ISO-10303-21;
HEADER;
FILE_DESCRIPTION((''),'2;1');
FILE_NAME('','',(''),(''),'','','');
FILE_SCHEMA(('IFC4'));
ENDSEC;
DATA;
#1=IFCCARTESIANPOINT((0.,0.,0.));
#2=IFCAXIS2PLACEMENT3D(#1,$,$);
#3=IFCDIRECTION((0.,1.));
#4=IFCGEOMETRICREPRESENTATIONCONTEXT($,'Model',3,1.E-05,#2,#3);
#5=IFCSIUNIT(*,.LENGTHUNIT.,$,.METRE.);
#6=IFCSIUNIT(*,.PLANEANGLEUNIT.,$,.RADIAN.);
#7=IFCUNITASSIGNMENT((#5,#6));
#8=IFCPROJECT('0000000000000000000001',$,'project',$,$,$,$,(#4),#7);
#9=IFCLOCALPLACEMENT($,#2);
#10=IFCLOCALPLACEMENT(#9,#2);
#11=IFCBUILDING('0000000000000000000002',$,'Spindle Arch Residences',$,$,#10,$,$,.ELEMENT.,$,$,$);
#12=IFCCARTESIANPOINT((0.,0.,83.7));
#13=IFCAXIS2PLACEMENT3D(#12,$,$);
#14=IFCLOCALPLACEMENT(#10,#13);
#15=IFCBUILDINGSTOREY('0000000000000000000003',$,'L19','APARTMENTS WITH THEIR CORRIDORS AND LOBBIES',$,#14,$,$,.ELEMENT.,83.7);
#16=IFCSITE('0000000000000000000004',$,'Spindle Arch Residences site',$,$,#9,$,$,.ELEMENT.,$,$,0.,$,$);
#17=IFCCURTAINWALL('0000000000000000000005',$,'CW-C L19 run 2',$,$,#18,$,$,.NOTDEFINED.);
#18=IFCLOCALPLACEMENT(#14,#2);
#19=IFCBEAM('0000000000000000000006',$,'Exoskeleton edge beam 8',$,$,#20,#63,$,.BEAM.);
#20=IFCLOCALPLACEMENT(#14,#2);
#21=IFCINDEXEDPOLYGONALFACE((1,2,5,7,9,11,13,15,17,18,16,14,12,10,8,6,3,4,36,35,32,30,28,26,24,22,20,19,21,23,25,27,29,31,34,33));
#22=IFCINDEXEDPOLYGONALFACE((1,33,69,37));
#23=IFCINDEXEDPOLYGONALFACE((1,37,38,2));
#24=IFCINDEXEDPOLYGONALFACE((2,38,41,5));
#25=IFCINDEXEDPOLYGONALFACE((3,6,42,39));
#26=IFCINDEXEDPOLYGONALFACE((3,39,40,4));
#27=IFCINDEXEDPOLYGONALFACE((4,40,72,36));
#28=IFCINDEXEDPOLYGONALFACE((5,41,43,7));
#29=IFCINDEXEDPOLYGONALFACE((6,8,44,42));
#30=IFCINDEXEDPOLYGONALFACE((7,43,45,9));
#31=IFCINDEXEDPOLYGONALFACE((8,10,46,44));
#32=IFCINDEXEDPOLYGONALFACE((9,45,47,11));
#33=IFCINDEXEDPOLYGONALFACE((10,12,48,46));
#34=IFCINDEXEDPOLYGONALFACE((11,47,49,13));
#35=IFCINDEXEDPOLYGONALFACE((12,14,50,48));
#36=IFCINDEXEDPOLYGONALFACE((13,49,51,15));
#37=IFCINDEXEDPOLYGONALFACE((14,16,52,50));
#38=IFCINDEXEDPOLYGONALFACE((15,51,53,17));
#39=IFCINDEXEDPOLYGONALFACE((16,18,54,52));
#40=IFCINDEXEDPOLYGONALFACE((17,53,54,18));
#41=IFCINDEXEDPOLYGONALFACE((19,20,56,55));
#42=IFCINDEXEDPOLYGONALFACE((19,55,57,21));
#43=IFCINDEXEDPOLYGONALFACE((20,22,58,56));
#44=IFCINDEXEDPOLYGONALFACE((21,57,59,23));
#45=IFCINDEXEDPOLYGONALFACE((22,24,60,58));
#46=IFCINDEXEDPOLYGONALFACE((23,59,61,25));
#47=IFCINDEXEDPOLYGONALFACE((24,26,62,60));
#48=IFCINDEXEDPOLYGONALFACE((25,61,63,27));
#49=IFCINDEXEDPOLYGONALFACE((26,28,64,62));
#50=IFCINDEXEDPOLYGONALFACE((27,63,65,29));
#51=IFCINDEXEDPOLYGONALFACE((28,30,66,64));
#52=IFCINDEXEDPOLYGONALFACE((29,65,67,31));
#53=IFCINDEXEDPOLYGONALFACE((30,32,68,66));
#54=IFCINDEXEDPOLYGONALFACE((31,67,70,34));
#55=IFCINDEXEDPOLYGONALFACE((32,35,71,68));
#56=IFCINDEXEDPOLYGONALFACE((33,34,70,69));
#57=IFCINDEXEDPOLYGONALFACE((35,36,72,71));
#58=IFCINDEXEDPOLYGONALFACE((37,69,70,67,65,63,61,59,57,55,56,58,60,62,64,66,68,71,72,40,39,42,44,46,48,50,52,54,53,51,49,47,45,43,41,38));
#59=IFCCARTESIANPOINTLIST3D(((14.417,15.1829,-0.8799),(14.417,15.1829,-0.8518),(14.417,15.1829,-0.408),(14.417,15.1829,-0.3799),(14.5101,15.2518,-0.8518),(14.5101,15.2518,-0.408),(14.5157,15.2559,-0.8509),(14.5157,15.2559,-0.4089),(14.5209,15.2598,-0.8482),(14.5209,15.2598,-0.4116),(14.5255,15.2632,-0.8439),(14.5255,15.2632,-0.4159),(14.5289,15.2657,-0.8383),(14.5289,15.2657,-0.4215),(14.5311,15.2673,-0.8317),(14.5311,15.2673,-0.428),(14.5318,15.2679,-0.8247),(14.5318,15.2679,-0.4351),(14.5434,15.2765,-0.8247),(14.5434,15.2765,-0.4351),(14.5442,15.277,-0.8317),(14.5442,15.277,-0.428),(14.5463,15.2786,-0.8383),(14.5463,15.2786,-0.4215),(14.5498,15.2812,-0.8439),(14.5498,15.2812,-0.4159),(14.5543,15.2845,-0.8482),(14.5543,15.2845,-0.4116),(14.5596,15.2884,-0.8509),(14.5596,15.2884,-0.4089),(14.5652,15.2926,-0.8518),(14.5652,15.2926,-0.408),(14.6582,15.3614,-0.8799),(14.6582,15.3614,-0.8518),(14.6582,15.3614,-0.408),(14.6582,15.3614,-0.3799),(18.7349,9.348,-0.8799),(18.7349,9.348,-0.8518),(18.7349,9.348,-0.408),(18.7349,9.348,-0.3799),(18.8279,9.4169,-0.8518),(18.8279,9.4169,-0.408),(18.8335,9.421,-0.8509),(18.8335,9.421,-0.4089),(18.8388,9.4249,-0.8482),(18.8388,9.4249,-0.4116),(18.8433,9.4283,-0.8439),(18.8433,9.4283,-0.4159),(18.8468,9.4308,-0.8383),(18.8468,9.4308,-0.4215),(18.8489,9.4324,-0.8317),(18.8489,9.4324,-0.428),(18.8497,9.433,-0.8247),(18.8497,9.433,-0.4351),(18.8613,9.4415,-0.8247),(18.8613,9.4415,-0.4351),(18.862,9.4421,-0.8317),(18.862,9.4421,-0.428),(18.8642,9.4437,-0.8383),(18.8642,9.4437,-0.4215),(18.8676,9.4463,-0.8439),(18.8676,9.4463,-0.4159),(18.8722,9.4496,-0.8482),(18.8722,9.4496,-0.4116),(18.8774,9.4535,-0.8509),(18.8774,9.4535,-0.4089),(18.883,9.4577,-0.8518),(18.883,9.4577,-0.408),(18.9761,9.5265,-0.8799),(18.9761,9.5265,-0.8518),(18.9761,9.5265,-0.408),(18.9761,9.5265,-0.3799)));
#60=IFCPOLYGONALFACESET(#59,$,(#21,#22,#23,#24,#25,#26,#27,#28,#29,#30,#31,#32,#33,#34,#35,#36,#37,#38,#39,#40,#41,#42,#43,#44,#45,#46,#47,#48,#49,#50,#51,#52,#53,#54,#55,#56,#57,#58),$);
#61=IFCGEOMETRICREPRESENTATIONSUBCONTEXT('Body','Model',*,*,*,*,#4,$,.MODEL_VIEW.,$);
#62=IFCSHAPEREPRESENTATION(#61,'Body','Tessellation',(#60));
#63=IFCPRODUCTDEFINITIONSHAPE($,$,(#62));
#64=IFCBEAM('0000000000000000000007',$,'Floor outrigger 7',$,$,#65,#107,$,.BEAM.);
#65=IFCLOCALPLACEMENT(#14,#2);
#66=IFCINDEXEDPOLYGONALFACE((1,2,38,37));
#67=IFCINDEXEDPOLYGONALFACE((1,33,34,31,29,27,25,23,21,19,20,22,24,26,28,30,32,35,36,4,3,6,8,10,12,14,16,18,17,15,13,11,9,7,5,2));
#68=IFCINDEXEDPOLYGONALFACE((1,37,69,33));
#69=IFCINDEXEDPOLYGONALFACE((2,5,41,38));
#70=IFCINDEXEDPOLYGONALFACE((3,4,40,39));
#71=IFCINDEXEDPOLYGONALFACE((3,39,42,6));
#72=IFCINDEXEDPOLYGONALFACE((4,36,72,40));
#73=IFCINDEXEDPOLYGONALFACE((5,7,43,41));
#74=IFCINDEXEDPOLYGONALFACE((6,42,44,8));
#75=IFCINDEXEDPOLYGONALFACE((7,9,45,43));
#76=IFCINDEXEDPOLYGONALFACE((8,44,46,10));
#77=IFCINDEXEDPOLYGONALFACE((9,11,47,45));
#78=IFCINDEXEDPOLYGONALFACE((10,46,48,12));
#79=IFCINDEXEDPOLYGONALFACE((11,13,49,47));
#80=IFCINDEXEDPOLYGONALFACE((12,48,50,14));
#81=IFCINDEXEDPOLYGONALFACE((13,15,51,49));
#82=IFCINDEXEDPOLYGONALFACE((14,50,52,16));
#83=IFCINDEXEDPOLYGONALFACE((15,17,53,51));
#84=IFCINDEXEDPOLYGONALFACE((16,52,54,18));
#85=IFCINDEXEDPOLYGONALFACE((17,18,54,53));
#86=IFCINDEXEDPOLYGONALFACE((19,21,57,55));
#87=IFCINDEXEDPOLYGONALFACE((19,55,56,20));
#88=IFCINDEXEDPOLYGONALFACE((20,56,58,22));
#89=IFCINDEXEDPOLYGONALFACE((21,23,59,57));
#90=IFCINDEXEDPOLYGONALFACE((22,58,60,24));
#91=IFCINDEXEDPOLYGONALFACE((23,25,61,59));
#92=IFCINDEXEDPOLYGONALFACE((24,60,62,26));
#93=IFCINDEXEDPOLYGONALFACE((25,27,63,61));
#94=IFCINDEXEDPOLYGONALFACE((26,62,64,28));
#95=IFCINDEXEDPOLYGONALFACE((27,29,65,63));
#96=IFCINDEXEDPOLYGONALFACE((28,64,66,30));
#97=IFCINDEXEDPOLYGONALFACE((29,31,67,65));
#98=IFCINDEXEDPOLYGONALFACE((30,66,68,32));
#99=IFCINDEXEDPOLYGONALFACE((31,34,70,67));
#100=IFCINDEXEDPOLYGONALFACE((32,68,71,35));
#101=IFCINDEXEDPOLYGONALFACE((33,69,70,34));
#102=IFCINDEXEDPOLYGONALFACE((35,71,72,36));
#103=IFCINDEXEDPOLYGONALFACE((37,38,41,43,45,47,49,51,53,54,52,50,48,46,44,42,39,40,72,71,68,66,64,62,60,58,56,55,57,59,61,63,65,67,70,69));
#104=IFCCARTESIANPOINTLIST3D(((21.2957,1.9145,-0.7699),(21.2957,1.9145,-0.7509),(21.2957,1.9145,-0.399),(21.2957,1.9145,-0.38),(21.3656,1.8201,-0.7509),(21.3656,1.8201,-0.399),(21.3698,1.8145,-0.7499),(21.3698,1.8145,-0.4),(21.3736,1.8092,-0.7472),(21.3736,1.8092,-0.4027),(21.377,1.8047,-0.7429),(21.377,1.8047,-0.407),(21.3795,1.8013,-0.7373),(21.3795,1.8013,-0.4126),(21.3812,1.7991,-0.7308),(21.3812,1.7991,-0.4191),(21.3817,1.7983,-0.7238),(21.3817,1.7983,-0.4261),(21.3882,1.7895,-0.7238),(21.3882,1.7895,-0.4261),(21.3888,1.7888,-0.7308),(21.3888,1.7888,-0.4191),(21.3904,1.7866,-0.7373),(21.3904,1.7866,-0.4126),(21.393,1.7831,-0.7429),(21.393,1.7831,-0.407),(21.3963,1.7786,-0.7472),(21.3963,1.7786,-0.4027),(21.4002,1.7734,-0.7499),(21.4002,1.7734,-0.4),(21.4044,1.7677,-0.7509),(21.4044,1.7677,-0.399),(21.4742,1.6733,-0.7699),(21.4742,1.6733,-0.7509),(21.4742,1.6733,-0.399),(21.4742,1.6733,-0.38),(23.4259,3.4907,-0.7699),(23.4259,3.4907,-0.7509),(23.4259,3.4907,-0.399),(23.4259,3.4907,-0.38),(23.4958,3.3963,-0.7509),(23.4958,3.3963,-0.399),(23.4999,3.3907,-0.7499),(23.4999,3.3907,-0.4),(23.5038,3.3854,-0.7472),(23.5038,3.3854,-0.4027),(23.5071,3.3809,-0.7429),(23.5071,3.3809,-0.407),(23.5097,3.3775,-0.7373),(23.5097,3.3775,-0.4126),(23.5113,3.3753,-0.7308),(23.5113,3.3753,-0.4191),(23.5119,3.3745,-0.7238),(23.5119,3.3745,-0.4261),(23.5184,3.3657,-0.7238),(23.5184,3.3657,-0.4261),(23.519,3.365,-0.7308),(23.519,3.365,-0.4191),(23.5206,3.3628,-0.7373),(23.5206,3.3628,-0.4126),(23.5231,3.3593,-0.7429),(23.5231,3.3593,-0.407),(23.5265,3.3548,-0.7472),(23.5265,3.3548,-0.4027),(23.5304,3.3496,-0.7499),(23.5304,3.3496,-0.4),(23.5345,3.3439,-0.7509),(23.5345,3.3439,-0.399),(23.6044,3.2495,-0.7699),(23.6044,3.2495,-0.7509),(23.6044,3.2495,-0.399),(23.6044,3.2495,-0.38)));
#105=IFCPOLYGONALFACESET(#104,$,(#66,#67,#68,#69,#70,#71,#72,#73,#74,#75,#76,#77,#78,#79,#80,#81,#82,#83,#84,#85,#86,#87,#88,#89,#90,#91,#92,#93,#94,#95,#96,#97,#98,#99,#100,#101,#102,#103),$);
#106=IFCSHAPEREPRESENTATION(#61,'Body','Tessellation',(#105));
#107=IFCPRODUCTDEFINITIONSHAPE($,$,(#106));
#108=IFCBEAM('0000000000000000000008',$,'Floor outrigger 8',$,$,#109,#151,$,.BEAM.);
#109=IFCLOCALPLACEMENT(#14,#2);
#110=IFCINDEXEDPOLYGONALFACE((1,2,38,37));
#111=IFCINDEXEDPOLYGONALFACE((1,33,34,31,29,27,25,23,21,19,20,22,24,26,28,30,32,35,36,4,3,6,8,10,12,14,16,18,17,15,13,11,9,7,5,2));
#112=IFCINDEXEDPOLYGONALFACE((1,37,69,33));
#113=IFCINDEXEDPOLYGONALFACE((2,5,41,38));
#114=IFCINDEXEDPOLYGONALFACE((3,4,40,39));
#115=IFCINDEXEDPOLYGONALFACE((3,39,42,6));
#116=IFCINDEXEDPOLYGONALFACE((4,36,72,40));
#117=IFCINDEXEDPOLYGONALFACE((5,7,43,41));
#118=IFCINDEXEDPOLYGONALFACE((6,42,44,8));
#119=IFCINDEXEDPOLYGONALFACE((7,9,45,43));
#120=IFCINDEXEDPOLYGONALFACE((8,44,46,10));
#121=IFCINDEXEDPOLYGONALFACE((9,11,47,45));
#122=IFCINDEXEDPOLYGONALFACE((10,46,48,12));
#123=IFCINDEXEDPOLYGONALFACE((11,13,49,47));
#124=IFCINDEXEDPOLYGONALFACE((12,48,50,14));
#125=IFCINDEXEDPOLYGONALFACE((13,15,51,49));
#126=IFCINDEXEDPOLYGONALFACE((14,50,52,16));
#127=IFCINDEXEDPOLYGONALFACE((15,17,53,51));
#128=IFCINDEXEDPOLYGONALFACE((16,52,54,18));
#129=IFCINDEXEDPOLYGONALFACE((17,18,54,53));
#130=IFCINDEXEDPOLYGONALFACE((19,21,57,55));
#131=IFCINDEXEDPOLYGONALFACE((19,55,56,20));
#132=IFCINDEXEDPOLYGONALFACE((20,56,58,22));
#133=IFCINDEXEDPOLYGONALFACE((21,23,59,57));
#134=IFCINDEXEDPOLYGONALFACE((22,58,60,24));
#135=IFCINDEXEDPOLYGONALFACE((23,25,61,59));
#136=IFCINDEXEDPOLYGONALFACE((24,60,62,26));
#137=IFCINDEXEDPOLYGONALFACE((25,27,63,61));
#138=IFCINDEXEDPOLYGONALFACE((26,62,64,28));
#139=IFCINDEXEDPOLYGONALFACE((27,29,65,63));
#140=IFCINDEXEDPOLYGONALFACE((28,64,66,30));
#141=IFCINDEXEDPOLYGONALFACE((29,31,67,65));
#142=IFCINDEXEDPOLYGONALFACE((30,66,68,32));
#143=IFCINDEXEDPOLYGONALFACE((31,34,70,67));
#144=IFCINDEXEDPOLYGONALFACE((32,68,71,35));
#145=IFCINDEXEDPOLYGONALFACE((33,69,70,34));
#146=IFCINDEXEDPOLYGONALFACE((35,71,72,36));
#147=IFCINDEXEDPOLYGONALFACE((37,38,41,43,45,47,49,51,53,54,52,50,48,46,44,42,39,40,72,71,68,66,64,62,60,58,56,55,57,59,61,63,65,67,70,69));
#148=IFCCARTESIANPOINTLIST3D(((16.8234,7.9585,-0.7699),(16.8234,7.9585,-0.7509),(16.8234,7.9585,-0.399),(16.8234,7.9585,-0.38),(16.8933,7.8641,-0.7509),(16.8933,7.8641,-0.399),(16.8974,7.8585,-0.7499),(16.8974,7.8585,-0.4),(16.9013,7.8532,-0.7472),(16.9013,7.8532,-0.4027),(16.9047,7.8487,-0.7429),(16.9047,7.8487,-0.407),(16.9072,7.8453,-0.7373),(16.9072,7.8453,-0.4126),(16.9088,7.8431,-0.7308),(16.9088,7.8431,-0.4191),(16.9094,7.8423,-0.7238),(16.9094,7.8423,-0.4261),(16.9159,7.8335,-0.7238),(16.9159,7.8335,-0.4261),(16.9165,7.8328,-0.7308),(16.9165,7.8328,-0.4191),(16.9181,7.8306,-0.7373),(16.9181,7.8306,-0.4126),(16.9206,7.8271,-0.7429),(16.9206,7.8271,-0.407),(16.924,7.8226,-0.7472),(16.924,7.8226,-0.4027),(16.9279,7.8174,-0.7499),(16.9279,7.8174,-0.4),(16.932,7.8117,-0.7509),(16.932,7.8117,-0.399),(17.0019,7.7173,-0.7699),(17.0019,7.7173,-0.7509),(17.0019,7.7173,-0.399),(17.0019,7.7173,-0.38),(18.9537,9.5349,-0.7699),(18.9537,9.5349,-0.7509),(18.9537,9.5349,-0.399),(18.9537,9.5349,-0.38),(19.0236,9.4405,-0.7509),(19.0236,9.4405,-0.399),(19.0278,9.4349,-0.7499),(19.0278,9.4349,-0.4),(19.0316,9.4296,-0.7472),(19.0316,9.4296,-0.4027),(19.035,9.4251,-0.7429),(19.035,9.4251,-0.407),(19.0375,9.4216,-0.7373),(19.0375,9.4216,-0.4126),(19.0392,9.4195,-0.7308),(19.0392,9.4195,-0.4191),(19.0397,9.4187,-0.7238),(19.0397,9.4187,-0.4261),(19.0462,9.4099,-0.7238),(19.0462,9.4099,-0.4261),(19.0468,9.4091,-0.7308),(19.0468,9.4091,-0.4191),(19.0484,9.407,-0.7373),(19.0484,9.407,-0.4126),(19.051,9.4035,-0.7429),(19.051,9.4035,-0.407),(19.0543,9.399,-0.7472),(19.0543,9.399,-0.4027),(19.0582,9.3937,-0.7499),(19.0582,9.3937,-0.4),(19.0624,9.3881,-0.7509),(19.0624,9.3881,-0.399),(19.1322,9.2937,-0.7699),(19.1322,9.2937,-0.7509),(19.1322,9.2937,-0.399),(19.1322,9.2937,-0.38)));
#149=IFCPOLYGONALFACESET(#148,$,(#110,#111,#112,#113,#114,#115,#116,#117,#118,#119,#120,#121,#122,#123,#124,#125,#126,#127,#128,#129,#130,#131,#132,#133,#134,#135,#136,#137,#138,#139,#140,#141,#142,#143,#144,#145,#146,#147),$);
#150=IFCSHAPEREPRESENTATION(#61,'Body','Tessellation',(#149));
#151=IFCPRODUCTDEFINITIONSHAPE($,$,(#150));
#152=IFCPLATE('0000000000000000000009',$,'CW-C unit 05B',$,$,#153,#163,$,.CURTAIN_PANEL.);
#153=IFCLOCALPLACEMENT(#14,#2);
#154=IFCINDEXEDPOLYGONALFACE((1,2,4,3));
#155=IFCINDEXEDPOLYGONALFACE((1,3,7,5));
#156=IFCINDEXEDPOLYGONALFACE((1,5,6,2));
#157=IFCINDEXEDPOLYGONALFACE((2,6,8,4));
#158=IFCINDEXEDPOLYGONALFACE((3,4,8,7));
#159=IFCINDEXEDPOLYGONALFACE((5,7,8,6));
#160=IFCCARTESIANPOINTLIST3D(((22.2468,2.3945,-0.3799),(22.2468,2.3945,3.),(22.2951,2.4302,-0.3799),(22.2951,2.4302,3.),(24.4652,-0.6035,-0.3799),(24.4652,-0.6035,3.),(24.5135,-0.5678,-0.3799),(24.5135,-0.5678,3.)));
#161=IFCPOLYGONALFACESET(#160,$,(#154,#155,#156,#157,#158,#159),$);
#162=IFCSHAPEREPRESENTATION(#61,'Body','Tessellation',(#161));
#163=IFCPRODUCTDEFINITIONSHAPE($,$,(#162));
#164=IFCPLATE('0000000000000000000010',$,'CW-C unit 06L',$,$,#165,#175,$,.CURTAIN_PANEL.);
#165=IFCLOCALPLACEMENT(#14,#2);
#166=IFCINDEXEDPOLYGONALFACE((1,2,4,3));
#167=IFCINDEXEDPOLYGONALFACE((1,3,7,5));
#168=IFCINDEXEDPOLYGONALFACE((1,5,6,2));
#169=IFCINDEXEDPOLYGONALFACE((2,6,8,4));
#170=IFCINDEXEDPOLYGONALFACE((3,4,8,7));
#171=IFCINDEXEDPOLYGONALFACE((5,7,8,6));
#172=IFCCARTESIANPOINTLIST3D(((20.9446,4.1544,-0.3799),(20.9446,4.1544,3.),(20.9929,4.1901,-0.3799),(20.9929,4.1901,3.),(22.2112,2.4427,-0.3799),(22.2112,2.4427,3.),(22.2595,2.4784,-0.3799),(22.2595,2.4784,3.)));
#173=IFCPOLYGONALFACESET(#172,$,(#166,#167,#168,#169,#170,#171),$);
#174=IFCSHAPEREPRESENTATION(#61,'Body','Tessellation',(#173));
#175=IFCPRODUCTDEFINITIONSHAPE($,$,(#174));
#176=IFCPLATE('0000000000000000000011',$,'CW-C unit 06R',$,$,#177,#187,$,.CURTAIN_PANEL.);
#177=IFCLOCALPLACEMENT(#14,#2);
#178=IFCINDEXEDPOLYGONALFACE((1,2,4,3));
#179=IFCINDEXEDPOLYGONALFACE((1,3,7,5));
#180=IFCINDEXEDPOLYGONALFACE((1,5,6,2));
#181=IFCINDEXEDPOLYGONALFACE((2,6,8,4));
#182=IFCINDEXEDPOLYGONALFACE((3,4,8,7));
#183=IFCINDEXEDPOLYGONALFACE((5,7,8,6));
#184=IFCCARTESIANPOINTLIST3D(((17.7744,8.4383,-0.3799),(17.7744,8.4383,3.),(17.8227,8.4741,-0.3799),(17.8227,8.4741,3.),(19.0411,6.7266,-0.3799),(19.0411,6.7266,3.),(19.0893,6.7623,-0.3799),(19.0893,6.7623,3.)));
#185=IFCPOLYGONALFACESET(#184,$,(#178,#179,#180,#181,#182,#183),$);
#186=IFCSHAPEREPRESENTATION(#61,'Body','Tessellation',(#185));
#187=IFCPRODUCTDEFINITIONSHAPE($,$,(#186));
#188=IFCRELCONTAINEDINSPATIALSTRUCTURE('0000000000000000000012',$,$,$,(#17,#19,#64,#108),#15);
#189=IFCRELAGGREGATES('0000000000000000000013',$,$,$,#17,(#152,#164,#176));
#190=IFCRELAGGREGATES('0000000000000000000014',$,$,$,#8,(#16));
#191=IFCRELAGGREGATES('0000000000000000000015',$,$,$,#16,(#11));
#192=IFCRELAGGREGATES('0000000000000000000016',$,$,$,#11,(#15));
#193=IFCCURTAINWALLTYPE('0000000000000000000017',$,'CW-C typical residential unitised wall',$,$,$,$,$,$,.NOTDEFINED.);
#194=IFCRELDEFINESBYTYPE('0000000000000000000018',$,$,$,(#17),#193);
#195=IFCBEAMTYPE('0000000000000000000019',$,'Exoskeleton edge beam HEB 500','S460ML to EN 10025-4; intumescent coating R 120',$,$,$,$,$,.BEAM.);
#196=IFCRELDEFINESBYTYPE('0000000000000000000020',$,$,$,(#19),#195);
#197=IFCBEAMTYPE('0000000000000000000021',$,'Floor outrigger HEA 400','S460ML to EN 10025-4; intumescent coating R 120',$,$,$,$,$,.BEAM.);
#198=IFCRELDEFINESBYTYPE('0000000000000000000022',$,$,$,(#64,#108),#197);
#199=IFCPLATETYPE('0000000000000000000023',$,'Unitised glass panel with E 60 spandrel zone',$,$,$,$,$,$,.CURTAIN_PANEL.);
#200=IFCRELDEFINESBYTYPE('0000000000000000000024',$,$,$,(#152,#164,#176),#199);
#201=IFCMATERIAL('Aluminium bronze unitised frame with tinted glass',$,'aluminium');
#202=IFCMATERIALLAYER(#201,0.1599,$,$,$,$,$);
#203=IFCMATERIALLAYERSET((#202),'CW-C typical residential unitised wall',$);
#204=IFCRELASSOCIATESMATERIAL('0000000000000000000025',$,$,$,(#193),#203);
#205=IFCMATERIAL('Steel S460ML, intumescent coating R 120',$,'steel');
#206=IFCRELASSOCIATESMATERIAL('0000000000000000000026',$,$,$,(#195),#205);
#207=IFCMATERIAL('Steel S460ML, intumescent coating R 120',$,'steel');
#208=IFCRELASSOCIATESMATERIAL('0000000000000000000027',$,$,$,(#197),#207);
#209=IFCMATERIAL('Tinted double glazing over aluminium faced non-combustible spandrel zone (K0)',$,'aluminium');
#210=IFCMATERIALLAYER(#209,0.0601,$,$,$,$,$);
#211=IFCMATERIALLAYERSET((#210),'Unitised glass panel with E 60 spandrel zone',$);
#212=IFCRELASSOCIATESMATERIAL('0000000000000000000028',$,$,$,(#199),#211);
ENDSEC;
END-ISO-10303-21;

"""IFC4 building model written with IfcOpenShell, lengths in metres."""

from ifc_helpers import new_model, si_unit, direction, frame, origin, origin_2d, place, context, subcontext, project, spatial, rectangle, i_section, extrude, material, layer, layer_set, material_profile, profile_set, type_object, element, aggregate, save


model = new_model("IFC4")

# Units and contexts
model_context = context("Model", 3, precision=1e-05, world=origin(), true_north=direction((0.0, 1.0)))
body_context = subcontext(model_context, "Body", "Model", "MODEL_VIEW")
ifc_project = project(units=[si_unit("LENGTHUNIT", "METRE"), si_unit("PLANEANGLEUNIT", "RADIAN")], contexts=[model_context])

# Site, building, storey
site_placement = place(None, origin())
site = spatial("IfcSite", under=ifc_project, at=site_placement, Name="Spindle Arch Residences site", CompositionType="ELEMENT", RefElevation=0.0)
building_placement = place(site_placement, origin())
building = spatial("IfcBuilding", under=site, at=building_placement, Name="Spindle Arch Residences", CompositionType="ELEMENT")
storey_placement = place(building_placement, frame((0.0, 0.0, 83.7)))
storey = spatial("IfcBuildingStorey", under=building, at=storey_placement, Name="L19", Description="APARTMENTS WITH THEIR CORRIDORS AND LOBBIES", CompositionType="ELEMENT", Elevation=83.7)

# Curtain wall
ifc_material_1 = material(Name="Aluminium bronze unitised frame with tinted glass", Category="aluminium")
ifc_layer_1 = layer(ifc_material_1, 0.1599)
ifc_layer_set_1 = layer_set([ifc_layer_1], Name="CW-C typical residential unitised wall")
curtain_wall_type = type_object("IfcCurtainWallType", Name="CW-C typical residential unitised wall", PredefinedType="NOTDEFINED", material=ifc_layer_set_1)
curtain_wall_placement = place(storey_placement, origin())
curtain_wall = element("IfcCurtainWall", 1, at=curtain_wall_placement, inside=storey, type_object=curtain_wall_type, Name="CW-C L19 run 2", PredefinedType="NOTDEFINED")

# Beams
ifc_material_2 = material(Name="Steel S460ML, intumescent coating R 120", Category="steel")
ifc_material_profile_1 = material_profile(ifc_material_2, i_section(OverallWidth=0.3, OverallDepth=0.5, WebThickness=0.0144, FlangeThickness=0.0281, FilletRadius=0.0271, at=origin_2d()), Name="HEB 500")
ifc_profile_set_1 = profile_set([ifc_material_profile_1], Name="Steel S460ML, intumescent coating R 120")
beam_type_1 = type_object("IfcBeamType", Name="Exoskeleton edge beam HEB 500", Description="S460ML to EN 10025-4; intumescent coating R 120", PredefinedType="BEAM", material=ifc_profile_set_1)
for number, where, z_axis, x_axis, name in (
    (2, (18.8555, 9.4373, -0.6299), (-0.594843, 0.803842, 0.0), (-0.803842, -0.594843, 0.0), "Exoskeleton edge beam 8"),
):
    element("IfcBeam", number, at=place(storey_placement, frame(where, z_axis=z_axis, x_axis=x_axis)), inside=storey, type_object=beam_type_1, Name=name, PredefinedType="BEAM", context=body_context, shape_type="SweptSolid", body=[
        extrude(i_section(OverallWidth=0.3, OverallDepth=0.5, WebThickness=0.0144, FlangeThickness=0.0281, FilletRadius=0.0271, at=origin_2d()), origin(), (0.0, 0.0, 1.0), 7.2588),
    ])
ifc_material_3 = material(Name="Steel S460ML, intumescent coating R 120", Category="steel")
ifc_material_profile_2 = material_profile(ifc_material_3, i_section(OverallWidth=0.3, OverallDepth=0.3899, WebThickness=0.011, FlangeThickness=0.019, FilletRadius=0.0271, at=origin_2d()), Name="HEA 400")
ifc_profile_set_2 = profile_set([ifc_material_profile_2], Name="Steel S460ML, intumescent coating R 120")
beam_type_2 = type_object("IfcBeamType", Name="Floor outrigger HEA 400", Description="S460ML to EN 10025-4; intumescent coating R 120", PredefinedType="BEAM", material=ifc_profile_set_2)
beam_1_placement = place(storey_placement, frame((23.5151, 3.3701, -0.575), z_axis=(-0.803864, -0.594813, 0.0), x_axis=(0.594813, -0.803864, 0.0)))
element("IfcBeam", 3, at=beam_1_placement, inside=storey, type_object=beam_type_2, Name="Floor outrigger 7", PredefinedType="BEAM", context=body_context, shape_type="SweptSolid", body=[
    extrude(i_section(OverallWidth=0.3, OverallDepth=0.3899, WebThickness=0.011, FlangeThickness=0.019, FilletRadius=0.0271, at=origin_2d()), origin(), (0.0, 0.0, 1.0), 2.6499),
])
beam_2_placement = place(storey_placement, frame((19.043, 9.4143, -0.575), z_axis=(-0.803852, -0.594829, 0.0), x_axis=(0.594829, -0.803852, 0.0)))
element("IfcBeam", 4, at=beam_2_placement, inside=storey, type_object=beam_type_2, Name="Floor outrigger 8", PredefinedType="BEAM", context=body_context, shape_type="SweptSolid", body=[
    extrude(i_section(OverallWidth=0.3, OverallDepth=0.3899, WebThickness=0.011, FlangeThickness=0.019, FilletRadius=0.0271, at=origin_2d()), origin(), (0.0, 0.0, 1.0), 2.6501),
])

# Plates
ifc_material_4 = material(Name="Tinted double glazing over aluminium faced non-combustible spandrel zone (K0)", Category="aluminium")
ifc_layer_2 = layer(ifc_material_4, 0.0601)
ifc_layer_set_2 = layer_set([ifc_layer_2], Name="Unitised glass panel with E 60 spandrel zone")
plate_type = type_object("IfcPlateType", Name="Unitised glass panel with E 60 spandrel zone", PredefinedType="CURTAIN_PANEL", material=ifc_layer_set_2)
plate_1_placement = place(storey_placement, frame((23.3801, 0.9133, -0.3799), z_axis=(0.0, 0.0, 1.0), x_axis=(-0.594823, 0.803857, 0.0)))
plate_1 = element("IfcPlate", 5, at=plate_1_placement, type_object=plate_type, Name="CW-C unit 05B", PredefinedType="CURTAIN_PANEL", context=body_context, shape_type="SweptSolid", body=[
    extrude(rectangle(XDim=3.7295, YDim=0.0601, at=origin_2d()), origin(), (0.0, 0.0, 1.0), 3.3799),
])
plate_2_placement = place(storey_placement, frame((21.6021, 3.3164, -0.3799), z_axis=(0.0, 0.0, 1.0), x_axis=(-0.594823, 0.803857, 0.0)))
plate_2 = element("IfcPlate", 6, at=plate_2_placement, type_object=plate_type, Name="CW-C unit 06L", PredefinedType="CURTAIN_PANEL", context=body_context, shape_type="SweptSolid", body=[
    extrude(rectangle(XDim=2.1294, YDim=0.0601, at=origin_2d()), origin(), (0.0, 0.0, 1.0), 3.3799),
])
plate_3_placement = place(storey_placement, frame((18.4319, 7.6003, -0.3799), z_axis=(0.0, 0.0, 1.0), x_axis=(-0.594823, 0.803857, 0.0)))
plate_3 = element("IfcPlate", 7, at=plate_3_placement, type_object=plate_type, Name="CW-C unit 06R", PredefinedType="CURTAIN_PANEL", context=body_context, shape_type="SweptSolid", body=[
    extrude(rectangle(XDim=2.1294, YDim=0.0601, at=origin_2d()), origin(), (0.0, 0.0, 1.0), 3.3799),
])
aggregate(curtain_wall, [plate_1, plate_2, plate_3])

save(model, "model.ifc")
